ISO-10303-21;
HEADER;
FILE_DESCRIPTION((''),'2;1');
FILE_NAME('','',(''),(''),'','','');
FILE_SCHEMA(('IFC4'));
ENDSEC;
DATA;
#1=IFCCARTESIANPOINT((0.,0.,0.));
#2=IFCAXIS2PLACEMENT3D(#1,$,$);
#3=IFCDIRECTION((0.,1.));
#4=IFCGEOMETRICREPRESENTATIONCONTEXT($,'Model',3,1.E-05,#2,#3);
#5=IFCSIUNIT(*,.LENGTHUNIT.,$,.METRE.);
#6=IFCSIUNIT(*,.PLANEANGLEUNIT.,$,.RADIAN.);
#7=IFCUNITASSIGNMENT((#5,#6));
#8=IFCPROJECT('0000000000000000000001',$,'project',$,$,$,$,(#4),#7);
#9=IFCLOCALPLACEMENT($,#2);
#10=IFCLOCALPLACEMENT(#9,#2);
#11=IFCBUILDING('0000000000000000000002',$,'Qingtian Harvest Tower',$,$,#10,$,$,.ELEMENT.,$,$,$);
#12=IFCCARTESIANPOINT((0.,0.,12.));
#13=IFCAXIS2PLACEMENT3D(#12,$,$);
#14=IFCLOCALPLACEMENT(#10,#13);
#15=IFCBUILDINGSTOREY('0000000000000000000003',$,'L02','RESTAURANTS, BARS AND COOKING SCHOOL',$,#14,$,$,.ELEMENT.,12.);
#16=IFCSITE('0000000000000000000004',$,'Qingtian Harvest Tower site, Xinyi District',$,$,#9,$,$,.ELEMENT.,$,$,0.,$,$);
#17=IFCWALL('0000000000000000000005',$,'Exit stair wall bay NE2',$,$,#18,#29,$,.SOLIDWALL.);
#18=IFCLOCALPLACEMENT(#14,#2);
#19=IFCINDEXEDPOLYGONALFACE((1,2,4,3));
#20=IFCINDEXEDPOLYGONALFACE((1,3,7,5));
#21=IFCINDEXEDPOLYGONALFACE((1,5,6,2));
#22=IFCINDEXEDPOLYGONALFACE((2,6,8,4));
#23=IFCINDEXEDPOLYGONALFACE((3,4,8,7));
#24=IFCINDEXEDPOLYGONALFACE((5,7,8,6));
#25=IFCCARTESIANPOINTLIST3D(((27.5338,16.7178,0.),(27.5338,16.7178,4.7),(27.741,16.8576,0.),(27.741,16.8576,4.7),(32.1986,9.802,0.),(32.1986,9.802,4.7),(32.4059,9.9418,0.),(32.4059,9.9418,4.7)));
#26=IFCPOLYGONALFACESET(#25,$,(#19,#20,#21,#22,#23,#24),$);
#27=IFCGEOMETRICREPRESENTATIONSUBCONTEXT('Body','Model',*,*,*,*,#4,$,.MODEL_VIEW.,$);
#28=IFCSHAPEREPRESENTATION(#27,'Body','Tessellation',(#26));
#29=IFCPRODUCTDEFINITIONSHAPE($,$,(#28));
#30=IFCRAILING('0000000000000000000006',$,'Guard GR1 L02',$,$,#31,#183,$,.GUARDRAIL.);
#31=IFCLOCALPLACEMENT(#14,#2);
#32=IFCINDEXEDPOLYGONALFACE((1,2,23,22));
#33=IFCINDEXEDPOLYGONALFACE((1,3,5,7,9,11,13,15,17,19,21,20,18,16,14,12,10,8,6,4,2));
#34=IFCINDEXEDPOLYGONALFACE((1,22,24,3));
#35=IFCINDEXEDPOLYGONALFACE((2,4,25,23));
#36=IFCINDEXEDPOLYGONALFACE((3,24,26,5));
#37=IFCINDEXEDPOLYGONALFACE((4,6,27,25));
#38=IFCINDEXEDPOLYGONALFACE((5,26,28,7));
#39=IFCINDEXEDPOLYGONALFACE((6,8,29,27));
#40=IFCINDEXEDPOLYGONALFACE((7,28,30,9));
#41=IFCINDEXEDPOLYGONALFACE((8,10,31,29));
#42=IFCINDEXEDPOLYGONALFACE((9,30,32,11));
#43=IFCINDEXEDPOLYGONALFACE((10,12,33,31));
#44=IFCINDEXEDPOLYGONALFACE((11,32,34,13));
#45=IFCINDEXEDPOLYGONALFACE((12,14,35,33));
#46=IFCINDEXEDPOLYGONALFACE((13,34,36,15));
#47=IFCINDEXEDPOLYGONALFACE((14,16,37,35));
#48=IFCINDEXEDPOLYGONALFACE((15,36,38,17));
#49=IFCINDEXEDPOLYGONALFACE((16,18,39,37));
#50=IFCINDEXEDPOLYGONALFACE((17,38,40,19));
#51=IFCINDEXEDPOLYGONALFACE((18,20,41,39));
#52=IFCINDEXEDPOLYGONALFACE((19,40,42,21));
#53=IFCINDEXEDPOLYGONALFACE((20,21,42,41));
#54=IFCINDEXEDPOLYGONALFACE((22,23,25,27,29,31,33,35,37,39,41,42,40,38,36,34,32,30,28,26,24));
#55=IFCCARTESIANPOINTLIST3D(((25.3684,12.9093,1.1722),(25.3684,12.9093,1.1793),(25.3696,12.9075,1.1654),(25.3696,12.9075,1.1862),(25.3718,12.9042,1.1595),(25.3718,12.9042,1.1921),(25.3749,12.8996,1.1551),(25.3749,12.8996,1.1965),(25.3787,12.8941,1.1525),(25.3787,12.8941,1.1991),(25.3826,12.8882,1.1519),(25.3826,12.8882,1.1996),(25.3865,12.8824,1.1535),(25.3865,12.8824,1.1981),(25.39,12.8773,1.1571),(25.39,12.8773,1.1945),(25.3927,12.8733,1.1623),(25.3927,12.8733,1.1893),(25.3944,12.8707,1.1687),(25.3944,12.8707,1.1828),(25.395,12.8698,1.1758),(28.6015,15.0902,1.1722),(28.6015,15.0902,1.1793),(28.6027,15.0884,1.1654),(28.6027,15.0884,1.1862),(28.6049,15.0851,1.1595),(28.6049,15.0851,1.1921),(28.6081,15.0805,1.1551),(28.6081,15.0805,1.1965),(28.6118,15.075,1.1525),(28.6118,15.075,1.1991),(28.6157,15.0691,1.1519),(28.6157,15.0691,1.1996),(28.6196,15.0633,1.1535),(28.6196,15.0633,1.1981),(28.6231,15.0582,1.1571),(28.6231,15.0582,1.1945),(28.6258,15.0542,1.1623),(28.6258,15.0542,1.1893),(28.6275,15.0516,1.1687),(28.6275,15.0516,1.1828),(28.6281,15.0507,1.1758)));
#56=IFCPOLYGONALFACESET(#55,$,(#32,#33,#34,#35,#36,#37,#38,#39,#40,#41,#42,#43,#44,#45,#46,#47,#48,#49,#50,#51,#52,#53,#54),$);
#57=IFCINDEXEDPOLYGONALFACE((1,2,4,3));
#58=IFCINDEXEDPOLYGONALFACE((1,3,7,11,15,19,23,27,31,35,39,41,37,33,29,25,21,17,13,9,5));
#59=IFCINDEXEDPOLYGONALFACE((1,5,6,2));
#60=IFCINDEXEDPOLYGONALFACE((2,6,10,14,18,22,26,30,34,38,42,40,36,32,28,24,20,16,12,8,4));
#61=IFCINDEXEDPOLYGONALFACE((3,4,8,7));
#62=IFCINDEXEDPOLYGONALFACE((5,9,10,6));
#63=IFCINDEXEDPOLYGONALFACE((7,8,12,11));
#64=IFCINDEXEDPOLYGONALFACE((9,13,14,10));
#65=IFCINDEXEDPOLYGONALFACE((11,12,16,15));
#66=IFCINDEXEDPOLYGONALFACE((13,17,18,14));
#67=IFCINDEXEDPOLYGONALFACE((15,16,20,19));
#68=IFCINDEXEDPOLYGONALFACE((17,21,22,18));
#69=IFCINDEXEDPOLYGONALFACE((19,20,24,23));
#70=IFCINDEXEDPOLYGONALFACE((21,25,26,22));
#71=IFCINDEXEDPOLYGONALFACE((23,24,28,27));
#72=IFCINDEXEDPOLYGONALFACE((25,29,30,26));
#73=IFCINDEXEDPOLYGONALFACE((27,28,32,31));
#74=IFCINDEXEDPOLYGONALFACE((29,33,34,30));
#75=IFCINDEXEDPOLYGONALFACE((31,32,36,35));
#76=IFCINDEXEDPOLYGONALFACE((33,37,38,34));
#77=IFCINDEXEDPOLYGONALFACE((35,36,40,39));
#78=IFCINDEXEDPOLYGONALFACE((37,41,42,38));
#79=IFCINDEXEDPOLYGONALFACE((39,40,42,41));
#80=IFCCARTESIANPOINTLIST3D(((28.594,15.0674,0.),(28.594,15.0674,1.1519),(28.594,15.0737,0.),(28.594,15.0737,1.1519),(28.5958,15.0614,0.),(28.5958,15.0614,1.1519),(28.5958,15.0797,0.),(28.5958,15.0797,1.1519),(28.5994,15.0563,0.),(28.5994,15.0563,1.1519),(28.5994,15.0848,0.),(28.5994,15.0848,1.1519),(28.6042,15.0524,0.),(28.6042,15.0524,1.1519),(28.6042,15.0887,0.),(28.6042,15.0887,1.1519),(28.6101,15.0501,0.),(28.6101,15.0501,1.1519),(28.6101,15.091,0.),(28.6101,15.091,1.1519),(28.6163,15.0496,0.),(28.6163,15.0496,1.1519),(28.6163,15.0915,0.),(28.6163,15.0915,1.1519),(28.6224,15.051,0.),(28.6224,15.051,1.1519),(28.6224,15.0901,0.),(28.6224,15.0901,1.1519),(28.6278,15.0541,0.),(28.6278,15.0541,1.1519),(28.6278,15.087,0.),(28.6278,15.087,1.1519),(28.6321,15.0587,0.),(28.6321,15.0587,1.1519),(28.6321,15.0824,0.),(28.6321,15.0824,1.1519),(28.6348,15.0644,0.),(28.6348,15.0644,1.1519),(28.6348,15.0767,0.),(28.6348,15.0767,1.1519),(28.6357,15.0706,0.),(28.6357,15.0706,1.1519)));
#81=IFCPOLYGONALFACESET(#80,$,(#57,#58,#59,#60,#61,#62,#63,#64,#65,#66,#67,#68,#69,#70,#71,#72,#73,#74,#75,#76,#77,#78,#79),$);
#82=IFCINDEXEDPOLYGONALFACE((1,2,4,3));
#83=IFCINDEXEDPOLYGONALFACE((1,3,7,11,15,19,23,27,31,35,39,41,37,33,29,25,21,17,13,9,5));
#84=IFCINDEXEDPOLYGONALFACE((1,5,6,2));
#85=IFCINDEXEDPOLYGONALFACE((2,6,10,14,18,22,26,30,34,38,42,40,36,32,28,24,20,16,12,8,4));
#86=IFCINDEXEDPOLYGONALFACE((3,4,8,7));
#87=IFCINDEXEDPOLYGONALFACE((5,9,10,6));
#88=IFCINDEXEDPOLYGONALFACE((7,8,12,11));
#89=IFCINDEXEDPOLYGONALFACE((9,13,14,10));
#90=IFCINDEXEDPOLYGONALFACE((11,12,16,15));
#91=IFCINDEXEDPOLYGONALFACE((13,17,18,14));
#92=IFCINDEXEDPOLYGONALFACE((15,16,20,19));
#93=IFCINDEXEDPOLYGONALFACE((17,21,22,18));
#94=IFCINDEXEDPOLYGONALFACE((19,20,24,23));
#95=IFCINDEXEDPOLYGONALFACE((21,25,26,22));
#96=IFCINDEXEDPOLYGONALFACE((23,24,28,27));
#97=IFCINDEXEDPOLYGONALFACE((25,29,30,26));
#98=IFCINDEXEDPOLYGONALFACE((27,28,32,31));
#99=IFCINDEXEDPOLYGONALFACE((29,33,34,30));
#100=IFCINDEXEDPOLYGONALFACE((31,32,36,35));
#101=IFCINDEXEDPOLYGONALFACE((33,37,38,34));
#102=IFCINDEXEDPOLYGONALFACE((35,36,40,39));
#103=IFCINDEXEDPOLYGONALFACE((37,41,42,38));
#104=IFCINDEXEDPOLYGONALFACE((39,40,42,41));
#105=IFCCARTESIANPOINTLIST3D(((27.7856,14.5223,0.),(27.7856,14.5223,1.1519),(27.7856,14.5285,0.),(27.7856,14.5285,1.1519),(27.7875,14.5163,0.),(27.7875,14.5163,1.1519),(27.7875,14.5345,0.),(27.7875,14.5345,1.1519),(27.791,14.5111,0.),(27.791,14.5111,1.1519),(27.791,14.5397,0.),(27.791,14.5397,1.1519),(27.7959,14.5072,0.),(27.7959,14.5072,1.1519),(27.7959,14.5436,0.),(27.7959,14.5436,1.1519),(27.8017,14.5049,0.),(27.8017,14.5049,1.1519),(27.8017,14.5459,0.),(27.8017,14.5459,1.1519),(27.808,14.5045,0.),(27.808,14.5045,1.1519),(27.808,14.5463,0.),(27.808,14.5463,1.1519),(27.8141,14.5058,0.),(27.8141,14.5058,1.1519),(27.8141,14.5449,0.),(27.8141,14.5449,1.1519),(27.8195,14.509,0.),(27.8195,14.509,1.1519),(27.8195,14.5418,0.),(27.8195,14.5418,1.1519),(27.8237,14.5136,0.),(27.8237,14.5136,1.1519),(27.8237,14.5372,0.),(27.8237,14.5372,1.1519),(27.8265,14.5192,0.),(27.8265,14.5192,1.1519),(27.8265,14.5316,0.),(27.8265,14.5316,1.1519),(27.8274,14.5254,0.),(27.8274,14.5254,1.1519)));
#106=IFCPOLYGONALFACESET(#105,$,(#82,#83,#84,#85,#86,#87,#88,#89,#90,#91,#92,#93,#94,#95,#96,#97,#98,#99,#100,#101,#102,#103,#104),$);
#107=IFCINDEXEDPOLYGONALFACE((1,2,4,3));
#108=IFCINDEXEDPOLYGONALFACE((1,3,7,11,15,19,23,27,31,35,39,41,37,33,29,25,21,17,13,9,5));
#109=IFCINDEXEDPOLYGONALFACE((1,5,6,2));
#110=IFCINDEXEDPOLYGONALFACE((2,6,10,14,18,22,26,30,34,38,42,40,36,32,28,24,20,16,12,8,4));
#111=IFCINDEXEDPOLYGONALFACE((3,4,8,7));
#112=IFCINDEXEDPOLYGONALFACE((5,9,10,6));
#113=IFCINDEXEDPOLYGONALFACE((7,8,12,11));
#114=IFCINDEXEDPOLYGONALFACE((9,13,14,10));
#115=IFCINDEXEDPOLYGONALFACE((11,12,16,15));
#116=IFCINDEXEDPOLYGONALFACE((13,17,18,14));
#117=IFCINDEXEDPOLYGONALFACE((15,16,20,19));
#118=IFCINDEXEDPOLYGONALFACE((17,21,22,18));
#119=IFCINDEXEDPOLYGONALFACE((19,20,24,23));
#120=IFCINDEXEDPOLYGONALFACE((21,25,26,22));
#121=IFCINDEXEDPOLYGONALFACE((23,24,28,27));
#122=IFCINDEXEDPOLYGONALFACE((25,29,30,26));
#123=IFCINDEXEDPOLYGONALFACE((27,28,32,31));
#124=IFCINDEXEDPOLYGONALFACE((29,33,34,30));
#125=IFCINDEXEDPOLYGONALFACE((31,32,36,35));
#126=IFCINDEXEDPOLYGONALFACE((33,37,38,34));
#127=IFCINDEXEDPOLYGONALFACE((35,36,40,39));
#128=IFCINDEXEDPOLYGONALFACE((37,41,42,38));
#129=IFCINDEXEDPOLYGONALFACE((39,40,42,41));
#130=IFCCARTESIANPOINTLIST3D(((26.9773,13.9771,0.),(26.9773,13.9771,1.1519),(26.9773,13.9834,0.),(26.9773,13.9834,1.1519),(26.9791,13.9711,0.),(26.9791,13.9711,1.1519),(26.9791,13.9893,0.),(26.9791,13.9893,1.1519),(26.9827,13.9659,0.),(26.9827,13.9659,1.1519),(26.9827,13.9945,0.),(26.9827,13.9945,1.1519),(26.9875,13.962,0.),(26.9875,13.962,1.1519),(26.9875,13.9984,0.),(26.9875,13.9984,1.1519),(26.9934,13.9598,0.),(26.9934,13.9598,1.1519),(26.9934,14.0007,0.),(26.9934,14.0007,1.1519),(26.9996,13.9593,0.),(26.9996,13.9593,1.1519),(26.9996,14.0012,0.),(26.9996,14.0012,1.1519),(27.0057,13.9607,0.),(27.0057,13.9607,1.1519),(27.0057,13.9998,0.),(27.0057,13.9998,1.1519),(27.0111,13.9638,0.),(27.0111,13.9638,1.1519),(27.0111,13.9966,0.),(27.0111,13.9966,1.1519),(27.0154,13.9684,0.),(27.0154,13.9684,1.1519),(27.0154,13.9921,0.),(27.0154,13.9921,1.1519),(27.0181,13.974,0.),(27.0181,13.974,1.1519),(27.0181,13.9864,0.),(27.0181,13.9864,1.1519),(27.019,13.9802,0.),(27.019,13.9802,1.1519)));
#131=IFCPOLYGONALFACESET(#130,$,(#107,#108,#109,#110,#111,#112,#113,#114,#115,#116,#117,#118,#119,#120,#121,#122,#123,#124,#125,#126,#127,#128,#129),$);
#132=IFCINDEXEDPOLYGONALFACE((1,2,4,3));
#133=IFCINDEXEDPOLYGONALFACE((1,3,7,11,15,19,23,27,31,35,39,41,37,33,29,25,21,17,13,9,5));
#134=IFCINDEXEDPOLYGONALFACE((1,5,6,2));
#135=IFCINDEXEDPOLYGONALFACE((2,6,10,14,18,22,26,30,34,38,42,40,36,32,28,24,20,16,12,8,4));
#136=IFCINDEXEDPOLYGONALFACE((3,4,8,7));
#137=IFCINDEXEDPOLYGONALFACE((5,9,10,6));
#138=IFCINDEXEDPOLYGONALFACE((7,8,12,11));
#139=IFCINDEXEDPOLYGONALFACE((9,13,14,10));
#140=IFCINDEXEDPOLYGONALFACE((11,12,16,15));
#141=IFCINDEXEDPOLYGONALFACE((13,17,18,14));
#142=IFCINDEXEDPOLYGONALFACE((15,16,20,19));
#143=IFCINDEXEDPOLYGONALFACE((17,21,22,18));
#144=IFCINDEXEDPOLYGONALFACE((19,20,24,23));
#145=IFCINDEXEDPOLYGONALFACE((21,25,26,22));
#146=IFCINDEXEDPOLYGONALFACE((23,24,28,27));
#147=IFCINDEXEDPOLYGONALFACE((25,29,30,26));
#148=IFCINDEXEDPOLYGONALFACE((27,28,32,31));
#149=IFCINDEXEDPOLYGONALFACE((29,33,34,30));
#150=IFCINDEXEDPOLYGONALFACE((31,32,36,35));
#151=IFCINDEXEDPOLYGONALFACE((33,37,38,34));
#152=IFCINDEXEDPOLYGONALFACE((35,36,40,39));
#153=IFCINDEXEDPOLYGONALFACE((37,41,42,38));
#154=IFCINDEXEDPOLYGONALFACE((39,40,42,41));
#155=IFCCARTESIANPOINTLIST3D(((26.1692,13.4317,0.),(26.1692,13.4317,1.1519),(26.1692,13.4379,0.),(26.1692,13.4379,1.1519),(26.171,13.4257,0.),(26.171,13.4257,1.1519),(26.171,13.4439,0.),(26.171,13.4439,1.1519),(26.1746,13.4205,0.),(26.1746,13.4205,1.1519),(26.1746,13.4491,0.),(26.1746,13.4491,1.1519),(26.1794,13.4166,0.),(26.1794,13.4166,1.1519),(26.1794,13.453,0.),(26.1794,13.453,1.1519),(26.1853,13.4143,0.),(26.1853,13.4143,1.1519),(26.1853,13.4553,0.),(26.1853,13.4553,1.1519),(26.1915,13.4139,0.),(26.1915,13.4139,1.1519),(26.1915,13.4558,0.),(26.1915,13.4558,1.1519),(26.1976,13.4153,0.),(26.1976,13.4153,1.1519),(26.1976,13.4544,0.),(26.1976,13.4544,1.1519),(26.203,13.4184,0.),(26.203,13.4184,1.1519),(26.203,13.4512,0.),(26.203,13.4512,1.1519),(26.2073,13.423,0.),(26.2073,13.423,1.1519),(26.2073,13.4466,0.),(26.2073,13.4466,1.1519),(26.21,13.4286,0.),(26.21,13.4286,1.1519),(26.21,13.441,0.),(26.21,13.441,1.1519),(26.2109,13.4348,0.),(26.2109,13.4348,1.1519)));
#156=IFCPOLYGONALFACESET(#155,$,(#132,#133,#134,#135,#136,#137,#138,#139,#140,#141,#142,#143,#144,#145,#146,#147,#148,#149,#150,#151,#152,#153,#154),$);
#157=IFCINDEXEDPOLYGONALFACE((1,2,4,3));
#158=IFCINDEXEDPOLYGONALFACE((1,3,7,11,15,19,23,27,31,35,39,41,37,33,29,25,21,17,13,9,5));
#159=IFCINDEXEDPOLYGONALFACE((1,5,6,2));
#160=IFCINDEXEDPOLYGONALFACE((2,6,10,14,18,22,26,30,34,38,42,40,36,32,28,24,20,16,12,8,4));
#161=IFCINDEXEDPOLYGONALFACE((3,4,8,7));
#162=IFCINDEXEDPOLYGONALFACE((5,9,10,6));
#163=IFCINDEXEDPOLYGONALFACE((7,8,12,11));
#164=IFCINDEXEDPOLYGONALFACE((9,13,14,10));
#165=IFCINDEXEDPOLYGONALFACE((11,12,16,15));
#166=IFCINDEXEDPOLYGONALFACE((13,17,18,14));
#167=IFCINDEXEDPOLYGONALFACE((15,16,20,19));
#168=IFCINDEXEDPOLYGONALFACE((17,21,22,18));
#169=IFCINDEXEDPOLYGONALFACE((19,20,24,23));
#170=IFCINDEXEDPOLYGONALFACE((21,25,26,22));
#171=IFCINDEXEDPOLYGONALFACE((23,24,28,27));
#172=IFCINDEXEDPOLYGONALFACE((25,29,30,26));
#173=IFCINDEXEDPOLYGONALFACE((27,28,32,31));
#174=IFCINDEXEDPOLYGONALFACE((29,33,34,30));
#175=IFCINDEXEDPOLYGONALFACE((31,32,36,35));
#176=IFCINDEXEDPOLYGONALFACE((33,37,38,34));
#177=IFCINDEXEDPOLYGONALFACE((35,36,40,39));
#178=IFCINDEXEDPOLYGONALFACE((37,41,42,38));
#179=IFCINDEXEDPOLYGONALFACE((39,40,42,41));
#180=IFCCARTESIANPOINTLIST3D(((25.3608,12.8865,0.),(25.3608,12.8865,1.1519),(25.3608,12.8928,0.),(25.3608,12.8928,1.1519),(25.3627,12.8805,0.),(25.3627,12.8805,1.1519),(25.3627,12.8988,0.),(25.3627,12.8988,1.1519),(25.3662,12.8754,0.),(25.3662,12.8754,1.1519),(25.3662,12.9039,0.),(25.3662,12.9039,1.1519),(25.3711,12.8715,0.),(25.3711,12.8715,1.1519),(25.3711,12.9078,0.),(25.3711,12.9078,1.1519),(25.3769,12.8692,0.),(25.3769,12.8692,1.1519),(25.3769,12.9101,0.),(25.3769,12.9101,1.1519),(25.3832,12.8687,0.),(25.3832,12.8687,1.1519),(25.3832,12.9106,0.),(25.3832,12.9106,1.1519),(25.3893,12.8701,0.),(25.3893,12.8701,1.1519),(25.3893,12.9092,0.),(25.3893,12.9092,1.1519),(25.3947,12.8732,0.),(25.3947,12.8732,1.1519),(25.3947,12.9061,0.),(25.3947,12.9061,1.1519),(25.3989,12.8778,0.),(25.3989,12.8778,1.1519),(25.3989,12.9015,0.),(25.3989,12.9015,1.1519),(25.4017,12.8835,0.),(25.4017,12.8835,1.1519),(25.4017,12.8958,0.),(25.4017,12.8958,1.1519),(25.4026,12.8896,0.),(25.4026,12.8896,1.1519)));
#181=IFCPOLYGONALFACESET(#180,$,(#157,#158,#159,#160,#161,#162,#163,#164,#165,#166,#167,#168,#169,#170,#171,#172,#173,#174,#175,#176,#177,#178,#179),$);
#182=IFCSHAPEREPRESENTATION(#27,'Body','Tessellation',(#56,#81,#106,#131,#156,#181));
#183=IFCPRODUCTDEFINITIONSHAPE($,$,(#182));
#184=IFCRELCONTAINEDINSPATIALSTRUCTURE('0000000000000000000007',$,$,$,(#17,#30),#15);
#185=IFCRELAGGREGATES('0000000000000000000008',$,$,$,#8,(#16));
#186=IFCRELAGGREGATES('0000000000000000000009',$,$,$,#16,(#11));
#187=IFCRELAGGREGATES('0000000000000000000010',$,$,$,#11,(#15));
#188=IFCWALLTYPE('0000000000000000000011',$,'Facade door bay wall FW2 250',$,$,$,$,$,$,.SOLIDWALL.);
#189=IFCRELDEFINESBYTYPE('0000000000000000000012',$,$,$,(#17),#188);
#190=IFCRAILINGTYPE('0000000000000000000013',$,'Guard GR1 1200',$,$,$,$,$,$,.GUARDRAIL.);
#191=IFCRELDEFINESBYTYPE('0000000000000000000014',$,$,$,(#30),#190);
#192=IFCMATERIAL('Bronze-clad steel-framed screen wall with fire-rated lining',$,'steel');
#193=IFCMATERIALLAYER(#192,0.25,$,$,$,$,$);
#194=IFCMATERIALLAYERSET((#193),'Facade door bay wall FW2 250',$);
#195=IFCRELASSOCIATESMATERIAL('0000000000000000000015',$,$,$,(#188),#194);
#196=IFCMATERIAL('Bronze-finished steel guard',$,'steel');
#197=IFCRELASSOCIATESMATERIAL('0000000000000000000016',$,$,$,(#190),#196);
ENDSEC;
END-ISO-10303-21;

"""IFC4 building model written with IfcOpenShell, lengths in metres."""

from ifc_helpers import new_model, si_unit, direction, frame, frame_2d, origin, origin_2d, place, context, subcontext, project, spatial, rectangle, circle, extrude, material, layer, layer_set, type_object, element, save


model = new_model("IFC4")

# Units and contexts
model_context = context("Model", 3, precision=1e-05, world=origin(), true_north=direction((0.0, 1.0)))
body_context = subcontext(model_context, "Body", "Model", "MODEL_VIEW")
ifc_project = project(units=[si_unit("LENGTHUNIT", "METRE"), si_unit("PLANEANGLEUNIT", "RADIAN")], contexts=[model_context])

# Site, building, storey
site_placement = place(None, origin())
site = spatial("IfcSite", under=ifc_project, at=site_placement, Name="Qingtian Harvest Tower site, Xinyi District", CompositionType="ELEMENT", RefElevation=0.0)
building_placement = place(site_placement, origin())
building = spatial("IfcBuilding", under=site, at=building_placement, Name="Qingtian Harvest Tower", CompositionType="ELEMENT")
storey_placement = place(building_placement, frame((0.0, 0.0, 12.0)))
storey = spatial("IfcBuildingStorey", under=building, at=storey_placement, Name="L02", Description="RESTAURANTS, BARS AND COOKING SCHOOL", CompositionType="ELEMENT", Elevation=12.0)

# Wall
ifc_material_1 = material(Name="Bronze-clad steel-framed screen wall with fire-rated lining", Category="steel")
ifc_layer_1 = layer(ifc_material_1, 0.25)
ifc_layer_set_1 = layer_set([ifc_layer_1], Name="Facade door bay wall FW2 250")
wall_type_1 = type_object("IfcWallType", Name="Facade door bay wall FW2 250", PredefinedType="SOLIDWALL", material=ifc_layer_set_1)
wall_1_placement = place(storey_placement, frame((27.6375, 16.7876, 0.0), z_axis=(0.0, 0.0, 1.0), x_axis=(0.559197, -0.829035, 0.0)))
element("IfcWall", 1, at=wall_1_placement, inside=storey, type_object=wall_type_1, Name="Exit stair wall bay NE2", PredefinedType="SOLIDWALL", context=body_context, shape_type="SweptSolid", body=[
    extrude(rectangle(XDim=8.342, YDim=0.25, at=frame_2d((4.1709, 0.0))), origin(), (0.0, 0.0, 1.0), 4.7),
])

# Railing
ifc_material_2 = material(Name="Bronze-finished steel guard", Category="steel")
railing_type_1 = type_object("IfcRailingType", Name="Guard GR1 1200", PredefinedType="GUARDRAIL", material=ifc_material_2)
railing_1_placement = place(storey_placement, frame((28.6147, 15.0706, 0.0)))
element("IfcRailing", 2, at=railing_1_placement, inside=storey, type_object=railing_type_1, Name="Guard GR1 L02", PredefinedType="GUARDRAIL", context=body_context, shape_type="SweptSolid", body=[
    extrude(circle(Radius=0.0239, at=origin_2d()), frame((0.0, 0.0, 1.1758), z_axis=(-0.829024, -0.559214, 0.0), x_axis=(0.559214, -0.829024, 0.0)), (0.0, 0.0, 1.0), 3.8999),
    extrude(circle(Radius=0.021, at=origin_2d()), origin(), (0.0, 0.0, 1.0), 1.1519),
    extrude(circle(Radius=0.021, at=origin_2d()), frame((-0.8083, -0.5452, 0.0)), (0.0, 0.0, 1.0), 1.1519),
    extrude(circle(Radius=0.021, at=origin_2d()), frame((-1.6167, -1.0903, 0.0)), (0.0, 0.0, 1.0), 1.1519),
    extrude(circle(Radius=0.021, at=origin_2d()), frame((-2.4248, -1.6357, 0.0)), (0.0, 0.0, 1.0), 1.1519),
    extrude(circle(Radius=0.021, at=origin_2d()), frame((-3.2332, -2.1809, 0.0)), (0.0, 0.0, 1.0), 1.1519),
])

save(model, "model.ifc")
